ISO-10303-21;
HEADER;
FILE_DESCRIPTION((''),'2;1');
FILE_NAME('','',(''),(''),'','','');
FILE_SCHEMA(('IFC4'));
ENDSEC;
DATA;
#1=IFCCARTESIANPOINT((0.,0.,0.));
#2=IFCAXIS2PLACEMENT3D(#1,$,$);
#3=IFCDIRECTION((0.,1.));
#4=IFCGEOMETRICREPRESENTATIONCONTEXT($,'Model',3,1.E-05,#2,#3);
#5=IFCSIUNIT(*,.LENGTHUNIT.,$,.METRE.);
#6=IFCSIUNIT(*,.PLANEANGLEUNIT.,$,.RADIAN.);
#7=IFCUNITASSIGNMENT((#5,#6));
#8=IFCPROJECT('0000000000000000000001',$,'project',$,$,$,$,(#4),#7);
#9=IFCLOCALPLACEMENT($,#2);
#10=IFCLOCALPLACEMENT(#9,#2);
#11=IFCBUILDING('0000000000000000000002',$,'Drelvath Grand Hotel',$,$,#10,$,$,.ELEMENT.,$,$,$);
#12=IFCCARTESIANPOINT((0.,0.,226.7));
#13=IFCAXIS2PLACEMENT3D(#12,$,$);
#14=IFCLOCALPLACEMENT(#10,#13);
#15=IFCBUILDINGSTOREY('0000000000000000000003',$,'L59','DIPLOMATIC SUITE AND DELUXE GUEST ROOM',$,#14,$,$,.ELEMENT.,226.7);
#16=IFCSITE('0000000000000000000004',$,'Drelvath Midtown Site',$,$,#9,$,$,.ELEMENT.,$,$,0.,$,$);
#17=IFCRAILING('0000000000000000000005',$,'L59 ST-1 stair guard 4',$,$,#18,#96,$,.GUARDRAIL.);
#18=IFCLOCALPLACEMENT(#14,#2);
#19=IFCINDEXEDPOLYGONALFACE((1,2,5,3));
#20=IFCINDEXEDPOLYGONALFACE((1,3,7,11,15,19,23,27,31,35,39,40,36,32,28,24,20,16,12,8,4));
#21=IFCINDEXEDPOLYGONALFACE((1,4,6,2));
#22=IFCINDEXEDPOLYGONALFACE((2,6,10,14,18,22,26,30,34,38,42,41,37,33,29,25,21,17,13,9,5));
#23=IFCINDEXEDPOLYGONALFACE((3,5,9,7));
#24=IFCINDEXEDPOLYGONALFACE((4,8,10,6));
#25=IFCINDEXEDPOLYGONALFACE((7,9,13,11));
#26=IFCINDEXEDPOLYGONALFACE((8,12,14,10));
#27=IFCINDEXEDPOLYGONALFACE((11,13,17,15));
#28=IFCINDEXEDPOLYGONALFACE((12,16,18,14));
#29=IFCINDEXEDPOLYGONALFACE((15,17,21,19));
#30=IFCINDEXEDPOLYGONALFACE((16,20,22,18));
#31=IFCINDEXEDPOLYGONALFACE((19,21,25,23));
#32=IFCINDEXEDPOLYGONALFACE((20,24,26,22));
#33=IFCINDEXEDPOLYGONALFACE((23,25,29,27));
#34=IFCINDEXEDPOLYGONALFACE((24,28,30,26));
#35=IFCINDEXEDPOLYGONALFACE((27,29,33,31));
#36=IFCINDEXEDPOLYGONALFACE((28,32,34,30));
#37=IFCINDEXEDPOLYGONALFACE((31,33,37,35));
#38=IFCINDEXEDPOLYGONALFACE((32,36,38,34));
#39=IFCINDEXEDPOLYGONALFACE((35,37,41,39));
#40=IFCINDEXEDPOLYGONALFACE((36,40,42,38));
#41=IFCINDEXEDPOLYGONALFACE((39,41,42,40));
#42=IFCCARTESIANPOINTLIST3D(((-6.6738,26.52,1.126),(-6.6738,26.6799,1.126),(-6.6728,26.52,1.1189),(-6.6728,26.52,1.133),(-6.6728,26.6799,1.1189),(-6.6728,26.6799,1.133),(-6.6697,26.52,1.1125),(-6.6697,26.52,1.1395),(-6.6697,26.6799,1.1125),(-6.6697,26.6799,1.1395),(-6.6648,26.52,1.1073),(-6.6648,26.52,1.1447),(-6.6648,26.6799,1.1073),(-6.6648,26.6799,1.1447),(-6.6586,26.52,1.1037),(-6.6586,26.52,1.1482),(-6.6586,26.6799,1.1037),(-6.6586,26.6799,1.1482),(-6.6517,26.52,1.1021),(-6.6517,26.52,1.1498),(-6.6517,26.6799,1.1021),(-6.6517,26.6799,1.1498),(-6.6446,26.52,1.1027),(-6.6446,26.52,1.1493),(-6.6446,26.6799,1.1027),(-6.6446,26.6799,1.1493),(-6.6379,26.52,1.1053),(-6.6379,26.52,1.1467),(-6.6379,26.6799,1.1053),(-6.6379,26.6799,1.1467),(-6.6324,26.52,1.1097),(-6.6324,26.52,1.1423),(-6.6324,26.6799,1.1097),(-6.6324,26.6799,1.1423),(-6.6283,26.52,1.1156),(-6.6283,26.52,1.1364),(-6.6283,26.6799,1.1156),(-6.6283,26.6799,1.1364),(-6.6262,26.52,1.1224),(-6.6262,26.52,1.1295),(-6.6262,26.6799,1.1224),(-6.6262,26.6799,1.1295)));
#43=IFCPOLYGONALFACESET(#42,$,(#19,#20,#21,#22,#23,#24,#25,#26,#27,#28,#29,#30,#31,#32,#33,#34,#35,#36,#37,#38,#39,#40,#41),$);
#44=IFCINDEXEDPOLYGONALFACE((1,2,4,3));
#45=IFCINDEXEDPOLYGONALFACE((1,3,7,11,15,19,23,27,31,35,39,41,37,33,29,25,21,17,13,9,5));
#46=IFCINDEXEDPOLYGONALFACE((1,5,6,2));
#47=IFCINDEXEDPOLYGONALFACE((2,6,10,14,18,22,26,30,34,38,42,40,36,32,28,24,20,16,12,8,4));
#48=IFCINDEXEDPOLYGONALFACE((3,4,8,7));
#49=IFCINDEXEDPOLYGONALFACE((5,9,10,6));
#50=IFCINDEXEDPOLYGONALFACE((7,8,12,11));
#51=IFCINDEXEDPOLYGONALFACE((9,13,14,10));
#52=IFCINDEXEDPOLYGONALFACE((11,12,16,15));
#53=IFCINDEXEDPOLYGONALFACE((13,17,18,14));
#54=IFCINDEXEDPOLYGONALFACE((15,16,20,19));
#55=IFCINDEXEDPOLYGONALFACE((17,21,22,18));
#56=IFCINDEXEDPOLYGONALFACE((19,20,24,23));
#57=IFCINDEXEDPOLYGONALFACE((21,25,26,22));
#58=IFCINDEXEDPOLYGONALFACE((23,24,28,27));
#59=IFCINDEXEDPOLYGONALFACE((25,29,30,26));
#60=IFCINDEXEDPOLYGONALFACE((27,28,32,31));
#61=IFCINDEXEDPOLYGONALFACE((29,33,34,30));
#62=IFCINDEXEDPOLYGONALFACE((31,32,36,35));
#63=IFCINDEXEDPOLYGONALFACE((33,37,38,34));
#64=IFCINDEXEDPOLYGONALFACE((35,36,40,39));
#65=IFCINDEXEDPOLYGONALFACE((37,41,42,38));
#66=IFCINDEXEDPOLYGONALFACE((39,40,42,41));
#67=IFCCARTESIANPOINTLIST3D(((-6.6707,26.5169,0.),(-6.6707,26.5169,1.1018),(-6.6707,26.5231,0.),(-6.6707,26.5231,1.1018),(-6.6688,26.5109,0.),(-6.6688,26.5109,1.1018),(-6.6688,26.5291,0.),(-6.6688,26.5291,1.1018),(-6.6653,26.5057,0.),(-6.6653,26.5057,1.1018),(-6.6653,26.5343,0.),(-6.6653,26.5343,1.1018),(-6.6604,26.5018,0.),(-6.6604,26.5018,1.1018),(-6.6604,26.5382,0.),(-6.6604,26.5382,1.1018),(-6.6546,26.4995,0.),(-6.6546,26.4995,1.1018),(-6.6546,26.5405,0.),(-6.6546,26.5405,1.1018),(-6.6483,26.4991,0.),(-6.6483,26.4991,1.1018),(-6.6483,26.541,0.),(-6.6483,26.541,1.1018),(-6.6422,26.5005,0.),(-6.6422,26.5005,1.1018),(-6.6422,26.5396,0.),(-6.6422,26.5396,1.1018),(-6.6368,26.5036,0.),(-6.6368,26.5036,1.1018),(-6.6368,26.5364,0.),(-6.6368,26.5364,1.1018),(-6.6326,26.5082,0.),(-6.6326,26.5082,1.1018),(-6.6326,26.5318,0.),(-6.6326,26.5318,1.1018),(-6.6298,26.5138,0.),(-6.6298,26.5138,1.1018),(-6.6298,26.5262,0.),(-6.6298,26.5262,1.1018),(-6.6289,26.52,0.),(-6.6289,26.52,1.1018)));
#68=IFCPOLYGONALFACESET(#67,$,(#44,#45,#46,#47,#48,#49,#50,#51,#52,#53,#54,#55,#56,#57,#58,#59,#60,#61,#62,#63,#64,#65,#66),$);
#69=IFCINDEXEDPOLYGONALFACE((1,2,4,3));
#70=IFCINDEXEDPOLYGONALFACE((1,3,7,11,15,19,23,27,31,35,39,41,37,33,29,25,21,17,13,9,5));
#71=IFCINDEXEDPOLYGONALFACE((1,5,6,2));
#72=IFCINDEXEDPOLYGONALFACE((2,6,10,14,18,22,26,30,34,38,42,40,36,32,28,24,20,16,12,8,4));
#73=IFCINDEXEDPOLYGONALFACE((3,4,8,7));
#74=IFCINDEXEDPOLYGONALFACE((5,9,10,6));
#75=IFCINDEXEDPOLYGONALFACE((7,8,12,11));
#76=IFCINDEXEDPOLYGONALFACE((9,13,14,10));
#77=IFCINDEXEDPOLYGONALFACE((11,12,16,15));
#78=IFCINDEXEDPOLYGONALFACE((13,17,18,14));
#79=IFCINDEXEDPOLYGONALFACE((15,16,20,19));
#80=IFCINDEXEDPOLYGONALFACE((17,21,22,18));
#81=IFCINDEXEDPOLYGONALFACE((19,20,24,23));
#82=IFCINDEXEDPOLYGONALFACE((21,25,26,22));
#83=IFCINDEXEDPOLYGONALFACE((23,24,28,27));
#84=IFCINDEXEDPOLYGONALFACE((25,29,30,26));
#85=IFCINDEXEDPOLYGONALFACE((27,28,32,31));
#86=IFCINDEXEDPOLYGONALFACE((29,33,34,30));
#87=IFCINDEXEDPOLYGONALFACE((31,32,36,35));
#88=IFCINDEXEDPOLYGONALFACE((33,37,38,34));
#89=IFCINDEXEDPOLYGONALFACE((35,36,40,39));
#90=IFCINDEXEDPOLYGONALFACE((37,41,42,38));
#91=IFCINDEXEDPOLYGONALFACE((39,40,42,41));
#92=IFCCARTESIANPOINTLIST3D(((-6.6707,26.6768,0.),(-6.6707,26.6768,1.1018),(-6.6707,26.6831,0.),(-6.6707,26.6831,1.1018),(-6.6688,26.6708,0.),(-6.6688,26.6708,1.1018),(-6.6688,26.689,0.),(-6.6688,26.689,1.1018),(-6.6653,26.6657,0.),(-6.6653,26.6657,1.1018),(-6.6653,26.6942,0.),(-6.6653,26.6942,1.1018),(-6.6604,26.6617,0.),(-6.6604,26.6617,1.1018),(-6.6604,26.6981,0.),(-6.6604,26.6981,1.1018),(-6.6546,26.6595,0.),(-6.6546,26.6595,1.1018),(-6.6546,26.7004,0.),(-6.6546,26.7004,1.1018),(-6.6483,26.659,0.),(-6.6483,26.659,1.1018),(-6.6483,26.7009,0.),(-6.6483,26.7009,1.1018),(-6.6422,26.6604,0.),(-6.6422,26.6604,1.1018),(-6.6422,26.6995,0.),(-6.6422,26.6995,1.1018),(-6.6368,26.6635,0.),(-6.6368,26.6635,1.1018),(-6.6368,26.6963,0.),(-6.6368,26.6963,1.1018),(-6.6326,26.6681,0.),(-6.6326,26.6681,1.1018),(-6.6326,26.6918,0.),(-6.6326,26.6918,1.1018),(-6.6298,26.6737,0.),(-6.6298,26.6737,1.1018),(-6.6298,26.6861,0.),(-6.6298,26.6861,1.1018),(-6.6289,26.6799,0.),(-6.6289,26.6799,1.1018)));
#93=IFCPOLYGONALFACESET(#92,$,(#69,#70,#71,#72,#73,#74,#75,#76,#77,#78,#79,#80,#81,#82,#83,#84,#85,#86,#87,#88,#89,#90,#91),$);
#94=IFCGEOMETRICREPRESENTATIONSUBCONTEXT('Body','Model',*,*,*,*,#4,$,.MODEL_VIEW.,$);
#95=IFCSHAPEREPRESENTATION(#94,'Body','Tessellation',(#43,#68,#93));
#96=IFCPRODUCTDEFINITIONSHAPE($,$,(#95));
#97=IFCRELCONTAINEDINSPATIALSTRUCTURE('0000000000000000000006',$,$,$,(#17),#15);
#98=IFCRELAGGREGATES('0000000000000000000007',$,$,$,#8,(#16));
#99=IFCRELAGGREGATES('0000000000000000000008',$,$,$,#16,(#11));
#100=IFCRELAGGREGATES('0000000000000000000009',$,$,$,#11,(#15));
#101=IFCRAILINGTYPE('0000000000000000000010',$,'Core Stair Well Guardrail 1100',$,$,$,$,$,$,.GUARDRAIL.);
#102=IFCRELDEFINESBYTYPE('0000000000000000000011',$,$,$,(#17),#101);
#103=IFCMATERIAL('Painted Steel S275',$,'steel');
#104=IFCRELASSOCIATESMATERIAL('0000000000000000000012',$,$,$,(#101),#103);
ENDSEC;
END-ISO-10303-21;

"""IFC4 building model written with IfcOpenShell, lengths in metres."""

from ifc_helpers import new_model, si_unit, direction, frame, origin, origin_2d, place, context, subcontext, project, spatial, circle, extrude, material, type_object, element, save


model = new_model("IFC4")

# Units and contexts
model_context = context("Model", 3, precision=1e-05, world=origin(), true_north=direction((0.0, 1.0)))
body_context = subcontext(model_context, "Body", "Model", "MODEL_VIEW")
ifc_project = project(units=[si_unit("LENGTHUNIT", "METRE"), si_unit("PLANEANGLEUNIT", "RADIAN")], contexts=[model_context])

# Site, building, storey
site_placement = place(None, origin())
site = spatial("IfcSite", under=ifc_project, at=site_placement, Name="Drelvath Midtown Site", CompositionType="ELEMENT", RefElevation=0.0)
building_placement = place(site_placement, origin())
building = spatial("IfcBuilding", under=site, at=building_placement, Name="Drelvath Grand Hotel", CompositionType="ELEMENT")
storey_placement = place(building_placement, frame((0.0, 0.0, 226.7)))
storey = spatial("IfcBuildingStorey", under=building, at=storey_placement, Name="L59", Description="DIPLOMATIC SUITE AND DELUXE GUEST ROOM", CompositionType="ELEMENT", Elevation=226.7)

# Shared definitions
ifc_material_1 = material(Name="Painted Steel S275", Category="steel")

# Railing
railing_type_1 = type_object("IfcRailingType", Name="Core Stair Well Guardrail 1100", PredefinedType="GUARDRAIL", material=ifc_material_1)
railing_1_placement = place(storey_placement, frame((-6.6499, 26.52, 0.0)))
element("IfcRailing", 1, at=railing_1_placement, inside=storey, type_object=railing_type_1, Name="L59 ST-1 stair guard 4", PredefinedType="GUARDRAIL", context=body_context, shape_type="SweptSolid", body=[
    extrude(circle(Radius=0.0239, at=origin_2d()), frame((0.0, 0.0, 1.126), z_axis=(0.0, 1.0, 0.0), x_axis=(-1.0, 0.0, 0.0)), (0.0, 0.0, 1.0), 0.1599),
    extrude(circle(Radius=0.021, at=origin_2d()), origin(), (0.0, 0.0, 1.0), 1.1018),
    extrude(circle(Radius=0.021, at=origin_2d()), frame((0.0, 0.1599, 0.0)), (0.0, 0.0, 1.0), 1.1018),
])

save(model, "model.ifc")
